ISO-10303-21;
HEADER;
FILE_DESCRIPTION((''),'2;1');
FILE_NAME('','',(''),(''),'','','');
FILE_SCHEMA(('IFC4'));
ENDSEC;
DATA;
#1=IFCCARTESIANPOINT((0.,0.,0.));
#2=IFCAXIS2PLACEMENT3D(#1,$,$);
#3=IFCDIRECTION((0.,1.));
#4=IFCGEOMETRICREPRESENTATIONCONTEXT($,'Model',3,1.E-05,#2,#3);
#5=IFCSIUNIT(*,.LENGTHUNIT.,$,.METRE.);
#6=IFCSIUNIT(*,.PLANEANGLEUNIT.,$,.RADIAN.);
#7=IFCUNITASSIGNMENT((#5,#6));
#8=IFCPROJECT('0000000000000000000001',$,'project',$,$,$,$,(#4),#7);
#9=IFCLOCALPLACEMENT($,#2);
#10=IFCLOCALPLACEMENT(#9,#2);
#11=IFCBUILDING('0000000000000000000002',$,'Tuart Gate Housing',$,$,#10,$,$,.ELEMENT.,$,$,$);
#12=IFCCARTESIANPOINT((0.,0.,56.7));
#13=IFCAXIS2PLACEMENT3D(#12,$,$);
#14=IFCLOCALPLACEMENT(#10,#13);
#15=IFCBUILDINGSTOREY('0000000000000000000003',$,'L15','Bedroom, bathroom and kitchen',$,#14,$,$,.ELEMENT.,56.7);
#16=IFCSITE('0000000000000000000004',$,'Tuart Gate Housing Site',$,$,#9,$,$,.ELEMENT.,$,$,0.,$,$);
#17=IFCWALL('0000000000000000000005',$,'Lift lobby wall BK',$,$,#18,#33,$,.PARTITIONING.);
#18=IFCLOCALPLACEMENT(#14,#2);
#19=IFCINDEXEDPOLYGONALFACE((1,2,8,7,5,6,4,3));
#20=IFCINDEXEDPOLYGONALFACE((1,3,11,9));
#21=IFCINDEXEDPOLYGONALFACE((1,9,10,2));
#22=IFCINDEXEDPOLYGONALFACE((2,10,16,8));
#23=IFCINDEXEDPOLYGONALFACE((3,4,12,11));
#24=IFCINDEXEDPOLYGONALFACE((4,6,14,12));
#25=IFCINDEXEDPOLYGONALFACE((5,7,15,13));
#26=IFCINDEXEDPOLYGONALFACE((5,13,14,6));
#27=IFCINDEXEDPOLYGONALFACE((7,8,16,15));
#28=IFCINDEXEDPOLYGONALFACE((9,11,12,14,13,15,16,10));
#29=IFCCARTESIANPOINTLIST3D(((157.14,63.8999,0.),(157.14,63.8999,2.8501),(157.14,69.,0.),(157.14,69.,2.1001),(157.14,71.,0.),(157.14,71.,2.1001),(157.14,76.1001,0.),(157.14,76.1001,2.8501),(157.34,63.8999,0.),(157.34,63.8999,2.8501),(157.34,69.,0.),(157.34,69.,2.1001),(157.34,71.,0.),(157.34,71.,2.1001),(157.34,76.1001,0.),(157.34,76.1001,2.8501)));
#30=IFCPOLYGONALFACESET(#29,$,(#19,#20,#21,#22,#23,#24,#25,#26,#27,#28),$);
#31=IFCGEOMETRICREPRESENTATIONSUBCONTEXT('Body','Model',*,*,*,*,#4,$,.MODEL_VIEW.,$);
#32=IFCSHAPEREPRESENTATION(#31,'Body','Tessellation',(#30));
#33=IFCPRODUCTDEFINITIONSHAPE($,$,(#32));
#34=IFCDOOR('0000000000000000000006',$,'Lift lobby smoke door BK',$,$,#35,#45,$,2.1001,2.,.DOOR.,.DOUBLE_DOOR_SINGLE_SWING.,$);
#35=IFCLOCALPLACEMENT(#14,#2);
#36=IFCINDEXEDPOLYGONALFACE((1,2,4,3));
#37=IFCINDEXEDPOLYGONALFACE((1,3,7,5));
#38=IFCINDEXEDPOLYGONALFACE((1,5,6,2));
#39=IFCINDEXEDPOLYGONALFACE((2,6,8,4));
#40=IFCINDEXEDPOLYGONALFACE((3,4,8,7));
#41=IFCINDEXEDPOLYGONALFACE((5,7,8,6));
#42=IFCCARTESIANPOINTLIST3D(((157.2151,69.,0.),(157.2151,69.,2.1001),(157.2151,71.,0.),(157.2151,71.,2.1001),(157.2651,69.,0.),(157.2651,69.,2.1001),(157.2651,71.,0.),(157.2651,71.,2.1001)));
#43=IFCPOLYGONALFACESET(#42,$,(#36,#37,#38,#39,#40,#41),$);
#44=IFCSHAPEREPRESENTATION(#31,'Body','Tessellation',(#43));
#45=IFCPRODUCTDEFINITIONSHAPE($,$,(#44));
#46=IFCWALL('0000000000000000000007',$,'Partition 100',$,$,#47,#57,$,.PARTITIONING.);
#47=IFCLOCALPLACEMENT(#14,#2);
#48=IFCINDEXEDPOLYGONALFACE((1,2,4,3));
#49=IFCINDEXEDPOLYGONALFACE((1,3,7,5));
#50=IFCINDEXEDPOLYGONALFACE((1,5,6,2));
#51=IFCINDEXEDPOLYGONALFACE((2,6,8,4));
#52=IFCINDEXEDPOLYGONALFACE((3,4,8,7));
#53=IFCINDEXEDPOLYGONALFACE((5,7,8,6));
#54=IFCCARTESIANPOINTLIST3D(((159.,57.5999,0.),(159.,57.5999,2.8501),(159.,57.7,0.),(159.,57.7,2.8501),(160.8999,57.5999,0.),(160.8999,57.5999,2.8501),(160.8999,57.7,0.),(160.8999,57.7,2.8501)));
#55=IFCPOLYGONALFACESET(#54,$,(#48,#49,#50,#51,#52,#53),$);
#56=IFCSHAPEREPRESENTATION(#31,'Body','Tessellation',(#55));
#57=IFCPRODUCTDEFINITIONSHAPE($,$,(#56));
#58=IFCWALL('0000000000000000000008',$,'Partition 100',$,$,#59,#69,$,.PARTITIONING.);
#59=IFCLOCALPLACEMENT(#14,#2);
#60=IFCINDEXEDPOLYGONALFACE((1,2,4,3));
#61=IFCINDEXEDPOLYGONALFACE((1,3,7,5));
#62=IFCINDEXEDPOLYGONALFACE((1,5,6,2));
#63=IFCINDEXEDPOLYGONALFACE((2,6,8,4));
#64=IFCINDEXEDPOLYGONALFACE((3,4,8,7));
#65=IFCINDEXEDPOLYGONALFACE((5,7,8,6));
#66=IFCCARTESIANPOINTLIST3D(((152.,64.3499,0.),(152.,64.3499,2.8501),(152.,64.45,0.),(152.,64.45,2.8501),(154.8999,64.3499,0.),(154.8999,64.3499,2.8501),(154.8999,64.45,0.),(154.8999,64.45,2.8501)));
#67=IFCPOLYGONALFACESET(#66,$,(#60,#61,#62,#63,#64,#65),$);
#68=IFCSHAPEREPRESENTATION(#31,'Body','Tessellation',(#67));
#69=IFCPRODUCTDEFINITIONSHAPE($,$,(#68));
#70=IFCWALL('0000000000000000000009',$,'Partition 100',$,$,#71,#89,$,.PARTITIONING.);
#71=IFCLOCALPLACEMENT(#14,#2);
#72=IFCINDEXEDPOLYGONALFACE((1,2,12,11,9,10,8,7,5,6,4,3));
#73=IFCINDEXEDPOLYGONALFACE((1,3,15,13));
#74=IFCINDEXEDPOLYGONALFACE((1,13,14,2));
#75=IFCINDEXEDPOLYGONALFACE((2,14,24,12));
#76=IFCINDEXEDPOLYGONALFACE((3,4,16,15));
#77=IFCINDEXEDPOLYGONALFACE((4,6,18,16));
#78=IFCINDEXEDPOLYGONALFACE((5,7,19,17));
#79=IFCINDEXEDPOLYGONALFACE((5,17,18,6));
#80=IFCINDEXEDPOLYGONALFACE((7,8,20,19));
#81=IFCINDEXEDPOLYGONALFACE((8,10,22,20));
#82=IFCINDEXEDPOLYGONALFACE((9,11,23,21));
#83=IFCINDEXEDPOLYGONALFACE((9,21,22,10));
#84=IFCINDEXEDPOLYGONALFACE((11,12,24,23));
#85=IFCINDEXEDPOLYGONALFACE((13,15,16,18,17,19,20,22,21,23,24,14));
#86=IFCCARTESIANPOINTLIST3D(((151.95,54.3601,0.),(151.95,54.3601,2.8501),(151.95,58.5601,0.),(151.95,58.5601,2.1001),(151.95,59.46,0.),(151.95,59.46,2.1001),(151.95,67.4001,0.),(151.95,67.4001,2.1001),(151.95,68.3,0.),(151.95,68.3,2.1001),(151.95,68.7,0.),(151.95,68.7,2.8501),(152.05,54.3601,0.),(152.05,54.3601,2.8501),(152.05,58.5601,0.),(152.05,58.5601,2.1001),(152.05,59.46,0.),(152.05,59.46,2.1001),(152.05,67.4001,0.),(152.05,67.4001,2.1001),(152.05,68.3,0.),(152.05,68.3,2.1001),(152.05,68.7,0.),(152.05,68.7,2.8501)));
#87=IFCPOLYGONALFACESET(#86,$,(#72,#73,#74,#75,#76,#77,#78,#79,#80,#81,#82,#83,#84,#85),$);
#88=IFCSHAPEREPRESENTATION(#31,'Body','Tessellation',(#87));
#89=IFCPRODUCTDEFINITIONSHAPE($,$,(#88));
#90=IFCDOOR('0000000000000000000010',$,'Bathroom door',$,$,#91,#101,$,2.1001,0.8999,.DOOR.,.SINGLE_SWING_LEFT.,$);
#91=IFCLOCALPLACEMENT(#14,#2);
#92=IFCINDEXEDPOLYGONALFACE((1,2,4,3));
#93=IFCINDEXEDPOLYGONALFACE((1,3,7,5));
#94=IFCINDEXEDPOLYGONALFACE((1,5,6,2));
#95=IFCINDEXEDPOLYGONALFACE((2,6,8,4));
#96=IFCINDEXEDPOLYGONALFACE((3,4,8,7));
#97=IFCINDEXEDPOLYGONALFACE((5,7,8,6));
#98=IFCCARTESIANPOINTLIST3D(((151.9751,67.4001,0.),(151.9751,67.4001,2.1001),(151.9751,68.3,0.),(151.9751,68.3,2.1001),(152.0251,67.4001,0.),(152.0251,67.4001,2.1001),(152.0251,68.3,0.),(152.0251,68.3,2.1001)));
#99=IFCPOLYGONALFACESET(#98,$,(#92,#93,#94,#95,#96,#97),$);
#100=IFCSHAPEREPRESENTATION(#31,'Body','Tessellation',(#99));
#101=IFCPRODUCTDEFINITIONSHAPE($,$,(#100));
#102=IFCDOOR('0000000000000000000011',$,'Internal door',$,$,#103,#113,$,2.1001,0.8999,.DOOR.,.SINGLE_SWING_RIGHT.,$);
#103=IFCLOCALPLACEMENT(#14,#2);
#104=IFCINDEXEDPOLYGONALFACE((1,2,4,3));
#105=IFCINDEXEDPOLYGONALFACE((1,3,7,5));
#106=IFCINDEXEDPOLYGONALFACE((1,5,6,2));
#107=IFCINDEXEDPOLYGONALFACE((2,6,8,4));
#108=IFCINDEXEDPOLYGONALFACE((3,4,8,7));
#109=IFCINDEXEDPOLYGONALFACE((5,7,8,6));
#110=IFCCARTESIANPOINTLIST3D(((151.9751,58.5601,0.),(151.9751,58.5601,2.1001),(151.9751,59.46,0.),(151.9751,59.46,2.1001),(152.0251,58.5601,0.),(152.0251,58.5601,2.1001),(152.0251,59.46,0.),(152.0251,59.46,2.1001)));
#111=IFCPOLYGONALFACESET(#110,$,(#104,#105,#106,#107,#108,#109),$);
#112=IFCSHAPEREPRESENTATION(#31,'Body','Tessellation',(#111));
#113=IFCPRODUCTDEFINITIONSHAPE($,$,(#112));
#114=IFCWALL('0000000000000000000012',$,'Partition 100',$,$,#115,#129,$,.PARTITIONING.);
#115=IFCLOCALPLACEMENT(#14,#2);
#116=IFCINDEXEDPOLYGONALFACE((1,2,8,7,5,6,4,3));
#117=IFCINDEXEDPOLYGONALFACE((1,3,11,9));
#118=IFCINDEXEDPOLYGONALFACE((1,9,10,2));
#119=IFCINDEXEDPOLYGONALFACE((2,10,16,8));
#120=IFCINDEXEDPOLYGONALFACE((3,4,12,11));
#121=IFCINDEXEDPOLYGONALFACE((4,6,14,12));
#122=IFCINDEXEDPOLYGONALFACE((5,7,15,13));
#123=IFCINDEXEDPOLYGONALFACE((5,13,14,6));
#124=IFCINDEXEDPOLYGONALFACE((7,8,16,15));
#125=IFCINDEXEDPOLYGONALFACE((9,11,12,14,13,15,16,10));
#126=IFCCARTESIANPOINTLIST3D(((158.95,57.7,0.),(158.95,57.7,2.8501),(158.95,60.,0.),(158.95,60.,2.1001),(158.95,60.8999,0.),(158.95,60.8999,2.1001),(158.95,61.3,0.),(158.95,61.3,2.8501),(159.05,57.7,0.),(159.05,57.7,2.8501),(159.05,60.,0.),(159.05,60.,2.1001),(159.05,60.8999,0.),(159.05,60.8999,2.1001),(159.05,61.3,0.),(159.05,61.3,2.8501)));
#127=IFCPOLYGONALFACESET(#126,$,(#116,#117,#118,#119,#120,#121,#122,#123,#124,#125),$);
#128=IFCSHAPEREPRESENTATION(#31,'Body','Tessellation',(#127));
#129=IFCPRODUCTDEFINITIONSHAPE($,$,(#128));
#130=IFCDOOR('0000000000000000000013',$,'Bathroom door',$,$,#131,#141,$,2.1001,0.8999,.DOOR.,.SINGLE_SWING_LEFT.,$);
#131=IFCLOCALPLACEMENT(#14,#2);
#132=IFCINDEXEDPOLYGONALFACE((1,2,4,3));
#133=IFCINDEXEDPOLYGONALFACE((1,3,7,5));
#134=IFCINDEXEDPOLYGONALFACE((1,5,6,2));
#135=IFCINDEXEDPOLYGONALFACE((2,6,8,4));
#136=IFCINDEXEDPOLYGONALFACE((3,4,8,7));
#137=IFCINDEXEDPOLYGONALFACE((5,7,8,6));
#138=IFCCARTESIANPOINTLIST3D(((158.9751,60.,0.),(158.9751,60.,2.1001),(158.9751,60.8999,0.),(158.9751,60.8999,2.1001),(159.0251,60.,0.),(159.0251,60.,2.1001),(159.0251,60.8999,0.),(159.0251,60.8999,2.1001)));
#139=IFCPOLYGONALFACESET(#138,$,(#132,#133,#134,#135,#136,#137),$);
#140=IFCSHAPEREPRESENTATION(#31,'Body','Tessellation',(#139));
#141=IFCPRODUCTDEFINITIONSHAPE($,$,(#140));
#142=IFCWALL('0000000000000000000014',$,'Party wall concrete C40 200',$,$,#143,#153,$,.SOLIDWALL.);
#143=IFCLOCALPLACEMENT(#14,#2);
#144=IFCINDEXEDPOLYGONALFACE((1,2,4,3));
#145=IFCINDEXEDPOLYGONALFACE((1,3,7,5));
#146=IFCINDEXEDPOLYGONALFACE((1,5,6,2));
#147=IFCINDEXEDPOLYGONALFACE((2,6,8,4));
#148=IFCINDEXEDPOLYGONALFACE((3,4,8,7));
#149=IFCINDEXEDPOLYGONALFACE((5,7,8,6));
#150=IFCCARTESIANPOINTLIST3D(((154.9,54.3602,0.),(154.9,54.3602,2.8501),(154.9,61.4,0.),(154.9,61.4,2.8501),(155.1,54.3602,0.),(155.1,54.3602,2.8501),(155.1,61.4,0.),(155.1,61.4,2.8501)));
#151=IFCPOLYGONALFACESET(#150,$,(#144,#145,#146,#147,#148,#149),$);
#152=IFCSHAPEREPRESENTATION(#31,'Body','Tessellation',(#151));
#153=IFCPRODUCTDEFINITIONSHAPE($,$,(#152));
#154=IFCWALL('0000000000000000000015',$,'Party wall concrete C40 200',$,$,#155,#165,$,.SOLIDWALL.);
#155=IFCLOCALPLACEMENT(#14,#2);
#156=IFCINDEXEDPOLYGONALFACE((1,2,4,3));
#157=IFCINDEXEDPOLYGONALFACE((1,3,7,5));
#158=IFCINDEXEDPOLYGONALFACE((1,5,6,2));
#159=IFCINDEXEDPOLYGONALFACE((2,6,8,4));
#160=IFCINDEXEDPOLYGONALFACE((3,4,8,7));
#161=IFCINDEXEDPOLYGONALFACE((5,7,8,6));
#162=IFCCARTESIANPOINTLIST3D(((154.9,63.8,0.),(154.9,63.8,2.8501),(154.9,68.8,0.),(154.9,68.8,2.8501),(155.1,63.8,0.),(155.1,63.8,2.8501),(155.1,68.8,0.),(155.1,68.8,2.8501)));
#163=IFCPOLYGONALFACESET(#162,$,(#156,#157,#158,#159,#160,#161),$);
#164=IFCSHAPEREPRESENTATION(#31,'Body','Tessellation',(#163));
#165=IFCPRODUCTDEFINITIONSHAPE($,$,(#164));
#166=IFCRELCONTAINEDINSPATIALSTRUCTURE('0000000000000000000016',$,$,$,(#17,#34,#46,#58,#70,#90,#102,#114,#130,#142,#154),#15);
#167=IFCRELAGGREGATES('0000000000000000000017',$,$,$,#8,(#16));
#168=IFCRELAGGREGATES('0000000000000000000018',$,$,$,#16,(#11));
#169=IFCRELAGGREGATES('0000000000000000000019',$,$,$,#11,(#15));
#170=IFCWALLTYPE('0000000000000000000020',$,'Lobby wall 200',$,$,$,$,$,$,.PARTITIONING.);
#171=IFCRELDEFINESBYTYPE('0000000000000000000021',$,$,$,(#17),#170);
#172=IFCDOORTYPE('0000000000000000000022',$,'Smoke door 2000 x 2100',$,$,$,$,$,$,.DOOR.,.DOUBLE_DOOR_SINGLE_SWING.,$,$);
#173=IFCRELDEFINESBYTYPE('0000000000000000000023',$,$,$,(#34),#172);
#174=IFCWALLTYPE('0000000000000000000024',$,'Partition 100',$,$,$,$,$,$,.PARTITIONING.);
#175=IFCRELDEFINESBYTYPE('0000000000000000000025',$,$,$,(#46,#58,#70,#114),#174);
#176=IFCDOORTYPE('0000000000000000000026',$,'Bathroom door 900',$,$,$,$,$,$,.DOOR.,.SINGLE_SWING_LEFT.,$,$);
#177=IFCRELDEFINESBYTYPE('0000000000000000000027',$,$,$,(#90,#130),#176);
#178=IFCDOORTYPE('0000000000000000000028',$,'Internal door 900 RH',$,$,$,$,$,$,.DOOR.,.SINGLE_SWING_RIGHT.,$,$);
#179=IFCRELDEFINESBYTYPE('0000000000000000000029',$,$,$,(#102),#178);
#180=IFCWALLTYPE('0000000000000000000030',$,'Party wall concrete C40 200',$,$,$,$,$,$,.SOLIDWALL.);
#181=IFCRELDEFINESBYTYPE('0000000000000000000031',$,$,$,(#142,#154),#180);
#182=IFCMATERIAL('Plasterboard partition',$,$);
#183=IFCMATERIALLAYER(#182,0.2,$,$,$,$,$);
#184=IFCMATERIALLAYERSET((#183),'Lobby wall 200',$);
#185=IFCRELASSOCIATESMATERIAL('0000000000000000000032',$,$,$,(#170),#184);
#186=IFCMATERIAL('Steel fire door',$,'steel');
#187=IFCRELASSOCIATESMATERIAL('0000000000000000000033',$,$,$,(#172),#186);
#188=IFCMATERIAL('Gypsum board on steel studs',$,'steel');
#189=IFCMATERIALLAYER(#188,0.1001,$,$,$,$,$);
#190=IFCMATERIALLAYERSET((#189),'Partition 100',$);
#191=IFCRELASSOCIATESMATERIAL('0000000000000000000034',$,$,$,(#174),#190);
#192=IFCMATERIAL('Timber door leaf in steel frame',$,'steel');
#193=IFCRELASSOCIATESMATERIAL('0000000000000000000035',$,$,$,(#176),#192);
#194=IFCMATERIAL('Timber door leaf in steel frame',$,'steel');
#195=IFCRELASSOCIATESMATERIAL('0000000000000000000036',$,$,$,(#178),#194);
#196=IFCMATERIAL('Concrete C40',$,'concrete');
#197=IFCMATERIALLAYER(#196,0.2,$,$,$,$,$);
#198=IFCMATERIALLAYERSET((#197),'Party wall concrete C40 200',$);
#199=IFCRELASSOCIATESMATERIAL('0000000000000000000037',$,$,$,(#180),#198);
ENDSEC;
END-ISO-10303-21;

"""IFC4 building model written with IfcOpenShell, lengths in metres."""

from ifc_helpers import new_model, si_unit, direction, frame, frame_2d, origin, place, context, subcontext, project, spatial, rectangle, extrude, material, layer, layer_set, type_object, element, fill, save


model = new_model("IFC4")

# Units and contexts
model_context = context("Model", 3, precision=1e-05, world=origin(), true_north=direction((0.0, 1.0)))
body_context = subcontext(model_context, "Body", "Model", "MODEL_VIEW")
ifc_project = project(units=[si_unit("LENGTHUNIT", "METRE"), si_unit("PLANEANGLEUNIT", "RADIAN")], contexts=[model_context])

# Site, building, storey
site_placement = place(None, origin())
site = spatial("IfcSite", under=ifc_project, at=site_placement, Name="Tuart Gate Housing Site", CompositionType="ELEMENT", RefElevation=0.0)
building_placement = place(site_placement, origin())
building = spatial("IfcBuilding", under=site, at=building_placement, Name="Tuart Gate Housing", CompositionType="ELEMENT")
storey_placement = place(building_placement, frame((0.0, 0.0, 56.7)))
storey = spatial("IfcBuildingStorey", under=building, at=storey_placement, Name="L15", Description="Bedroom, bathroom and kitchen", CompositionType="ELEMENT", Elevation=56.7)

# Wall, opening, door
ifc_material_1 = material(Name="Plasterboard partition")
ifc_layer_1 = layer(ifc_material_1, 0.2)
ifc_layer_set_1 = layer_set([ifc_layer_1], Name="Lobby wall 200")
wall_type_1 = type_object("IfcWallType", Name="Lobby wall 200", PredefinedType="PARTITIONING", material=ifc_layer_set_1)
wall_1_placement = place(storey_placement, frame((157.24, 63.8999, 0.0), z_axis=(0.0, 0.0, 1.0), x_axis=(0.0, 1.0, 0.0)))
wall_1 = element("IfcWall", 1, at=wall_1_placement, inside=storey, type_object=wall_type_1, Name="Lift lobby wall BK", PredefinedType="PARTITIONING", context=body_context, shape_type="SweptSolid", body=[
    extrude(rectangle(XDim=12.2002, YDim=0.2, at=frame_2d((6.1001, 0.0))), origin(), (0.0, 0.0, 1.0), 2.8501),
])
opening_1_placement = place(wall_1_placement, frame((5.1001, 0.0, 0.0)))
opening_1 = element("IfcOpeningElement", 2, at=opening_1_placement, cuts=wall_1, PredefinedType="OPENING", context=body_context, shape_type="SweptSolid", body=[
    extrude(rectangle(XDim=2.0, YDim=2.1001, at=frame_2d((1.0, 1.05))), frame((0.0, 0.1099, 0.0), z_axis=(0.0, -1.0, 0.0), x_axis=(1.0, 0.0, 0.0)), (0.0, 0.0, 1.0), 0.22),
])
ifc_material_2 = material(Name="Steel fire door", Category="steel")
door_type_1 = type_object("IfcDoorType", Name="Smoke door 2000 x 2100", OperationType="DOUBLE_DOOR_SINGLE_SWING", PredefinedType="DOOR", material=ifc_material_2)
door_1_placement = place(opening_1_placement, frame((2.0, 0.0, 0.0), z_axis=(0.0, 0.0, 1.0), x_axis=(-1.0, 0.0, 0.0)))
door_1 = element("IfcDoor", 3, at=door_1_placement, inside=storey, type_object=door_type_1, Name="Lift lobby smoke door BK", OperationType="DOUBLE_DOOR_SINGLE_SWING", OverallHeight=2.1001, OverallWidth=2.0, PredefinedType="DOOR", context=body_context, shape_type="SweptSolid", body=[
    extrude(rectangle(XDim=2.0, YDim=2.1001, at=frame_2d((1.0, 1.05))), frame((0.0, 0.0251, 0.0), z_axis=(0.0, -1.0, 0.0), x_axis=(1.0, 0.0, 0.0)), (0.0, 0.0, 1.0), 0.05),
])
fill(opening_1, door_1)

# Walls
ifc_material_3 = material(Name="Gypsum board on steel studs", Category="steel")
ifc_layer_2 = layer(ifc_material_3, 0.1001)
ifc_layer_set_2 = layer_set([ifc_layer_2], Name="Partition 100")
wall_type_2 = type_object("IfcWallType", Name="Partition 100", PredefinedType="PARTITIONING", material=ifc_layer_set_2)
wall_2_placement = place(storey_placement, frame((159.0, 57.6499, 0.0), z_axis=(0.0, 0.0, 1.0), x_axis=(1.0, 0.0, 0.0)))
element("IfcWall", 4, at=wall_2_placement, inside=storey, type_object=wall_type_2, Name="Partition 100", PredefinedType="PARTITIONING", context=body_context, shape_type="SweptSolid", body=[
    extrude(rectangle(XDim=1.8999, YDim=0.1001, at=frame_2d((0.95, 0.0))), origin(), (0.0, 0.0, 1.0), 2.8501),
])
wall_3_placement = place(storey_placement, frame((152.0, 64.3999, 0.0), z_axis=(0.0, 0.0, 1.0), x_axis=(1.0, 0.0, 0.0)))
element("IfcWall", 5, at=wall_3_placement, inside=storey, type_object=wall_type_2, Name="Partition 100", PredefinedType="PARTITIONING", context=body_context, shape_type="SweptSolid", body=[
    extrude(rectangle(XDim=2.8999, YDim=0.1001, at=frame_2d((1.45, 0.0))), origin(), (0.0, 0.0, 1.0), 2.8501),
])

# Wall, openings, doors
wall_4_placement = place(storey_placement, frame((152.0, 54.3601, 0.0), z_axis=(0.0, 0.0, 1.0), x_axis=(0.0, 1.0, 0.0)))
wall_4 = element("IfcWall", 6, at=wall_4_placement, inside=storey, type_object=wall_type_2, Name="Partition 100", PredefinedType="PARTITIONING", context=body_context, shape_type="SweptSolid", body=[
    extrude(rectangle(XDim=14.3398, YDim=0.1001, at=frame_2d((7.1699, 0.0))), origin(), (0.0, 0.0, 1.0), 2.8501),
])
opening_2_placement = place(wall_4_placement, frame((4.2, 0.0, 0.0)))
opening_2 = element("IfcOpeningElement", 7, at=opening_2_placement, cuts=wall_4, PredefinedType="OPENING", context=body_context, shape_type="SweptSolid", body=[
    extrude(rectangle(XDim=0.8999, YDim=2.1001, at=frame_2d((0.45, 1.05))), frame((0.0, 0.0601, 0.0), z_axis=(0.0, -1.0, 0.0), x_axis=(1.0, 0.0, 0.0)), (0.0, 0.0, 1.0), 0.1201),
])
opening_3_placement = place(wall_4_placement, frame((13.04, 0.0, 0.0)))
opening_3 = element("IfcOpeningElement", 8, at=opening_3_placement, cuts=wall_4, PredefinedType="OPENING", context=body_context, shape_type="SweptSolid", body=[
    extrude(rectangle(XDim=0.8999, YDim=2.1001, at=frame_2d((0.45, 1.05))), frame((0.0, 0.0601, 0.0), z_axis=(0.0, -1.0, 0.0), x_axis=(1.0, 0.0, 0.0)), (0.0, 0.0, 1.0), 0.1201),
])
ifc_material_4 = material(Name="Timber door leaf in steel frame", Category="steel")
door_type_2 = type_object("IfcDoorType", Name="Bathroom door 900", OperationType="SINGLE_SWING_LEFT", PredefinedType="DOOR", material=ifc_material_4)
door_2_placement = place(opening_3_placement, frame((0.8999, 0.0, 0.0), z_axis=(0.0, 0.0, 1.0), x_axis=(-1.0, 0.0, 0.0)))
door_2 = element("IfcDoor", 9, at=door_2_placement, inside=storey, type_object=door_type_2, Name="Bathroom door", OperationType="SINGLE_SWING_LEFT", OverallHeight=2.1001, OverallWidth=0.8999, PredefinedType="DOOR", context=body_context, shape_type="SweptSolid", body=[
    extrude(rectangle(XDim=0.8999, YDim=2.1001, at=frame_2d((0.45, 1.05))), frame((0.0, 0.0251, 0.0), z_axis=(0.0, -1.0, 0.0), x_axis=(1.0, 0.0, 0.0)), (0.0, 0.0, 1.0), 0.05),
])
fill(opening_3, door_2)
ifc_material_5 = material(Name="Timber door leaf in steel frame", Category="steel")
door_type_3 = type_object("IfcDoorType", Name="Internal door 900 RH", OperationType="SINGLE_SWING_RIGHT", PredefinedType="DOOR", material=ifc_material_5)
door_3_placement = place(opening_2_placement, frame((0.8999, 0.0, 0.0), z_axis=(0.0, 0.0, 1.0), x_axis=(-1.0, 0.0, 0.0)))
door_3 = element("IfcDoor", 10, at=door_3_placement, inside=storey, type_object=door_type_3, Name="Internal door", OperationType="SINGLE_SWING_RIGHT", OverallHeight=2.1001, OverallWidth=0.8999, PredefinedType="DOOR", context=body_context, shape_type="SweptSolid", body=[
    extrude(rectangle(XDim=0.8999, YDim=2.1001, at=frame_2d((0.45, 1.05))), frame((0.0, 0.0251, 0.0), z_axis=(0.0, -1.0, 0.0), x_axis=(1.0, 0.0, 0.0)), (0.0, 0.0, 1.0), 0.05),
])
fill(opening_2, door_3)

# Wall, opening, door
wall_5_placement = place(storey_placement, frame((159.0, 57.7, 0.0), z_axis=(0.0, 0.0, 1.0), x_axis=(0.0, 1.0, 0.0)))
wall_5 = element("IfcWall", 11, at=wall_5_placement, inside=storey, type_object=wall_type_2, Name="Partition 100", PredefinedType="PARTITIONING", context=body_context, shape_type="SweptSolid", body=[
    extrude(rectangle(XDim=3.6001, YDim=0.1001, at=frame_2d((1.8, 0.0))), origin(), (0.0, 0.0, 1.0), 2.8501),
])
opening_4_placement = place(wall_5_placement, frame((2.3, 0.0, 0.0)))
opening_4 = element("IfcOpeningElement", 12, at=opening_4_placement, cuts=wall_5, PredefinedType="OPENING", context=body_context, shape_type="SweptSolid", body=[
    extrude(rectangle(XDim=0.8999, YDim=2.1001, at=frame_2d((0.45, 1.05))), frame((0.0, 0.0601, 0.0), z_axis=(0.0, -1.0, 0.0), x_axis=(1.0, 0.0, 0.0)), (0.0, 0.0, 1.0), 0.1201),
])
door_4_placement = place(opening_4_placement, frame((0.8999, 0.0, 0.0), z_axis=(0.0, 0.0, 1.0), x_axis=(-1.0, 0.0, 0.0)))
door_4 = element("IfcDoor", 13, at=door_4_placement, inside=storey, type_object=door_type_2, Name="Bathroom door", OperationType="SINGLE_SWING_LEFT", OverallHeight=2.1001, OverallWidth=0.8999, PredefinedType="DOOR", context=body_context, shape_type="SweptSolid", body=[
    extrude(rectangle(XDim=0.8999, YDim=2.1001, at=frame_2d((0.45, 1.05))), frame((0.0, 0.0251, 0.0), z_axis=(0.0, -1.0, 0.0), x_axis=(1.0, 0.0, 0.0)), (0.0, 0.0, 1.0), 0.05),
])
fill(opening_4, door_4)

# Walls
ifc_material_6 = material(Name="Concrete C40", Category="concrete")
ifc_layer_3 = layer(ifc_material_6, 0.2)
ifc_layer_set_3 = layer_set([ifc_layer_3], Name="Party wall concrete C40 200")
wall_type_3 = type_object("IfcWallType", Name="Party wall concrete C40 200", PredefinedType="SOLIDWALL", material=ifc_layer_set_3)
wall_6_placement = place(storey_placement, frame((155.0, 54.3601, 0.0), z_axis=(0.0, 0.0, 1.0), x_axis=(0.0, 1.0, 0.0)))
element("IfcWall", 14, at=wall_6_placement, inside=storey, type_object=wall_type_3, Name="Party wall concrete C40 200", PredefinedType="SOLIDWALL", context=body_context, shape_type="SweptSolid", body=[
    extrude(rectangle(XDim=7.0398, YDim=0.2, at=frame_2d((3.52, 0.0))), origin(), (0.0, 0.0, 1.0), 2.8501),
])
wall_7_placement = place(storey_placement, frame((155.0, 63.8, 0.0), z_axis=(0.0, 0.0, 1.0), x_axis=(0.0, 1.0, 0.0)))
element("IfcWall", 15, at=wall_7_placement, inside=storey, type_object=wall_type_3, Name="Party wall concrete C40 200", PredefinedType="SOLIDWALL", context=body_context, shape_type="SweptSolid", body=[
    extrude(rectangle(XDim=5.0, YDim=0.2, at=frame_2d((2.5, 0.0))), origin(), (0.0, 0.0, 1.0), 2.8501),
])

save(model, "model.ifc")
